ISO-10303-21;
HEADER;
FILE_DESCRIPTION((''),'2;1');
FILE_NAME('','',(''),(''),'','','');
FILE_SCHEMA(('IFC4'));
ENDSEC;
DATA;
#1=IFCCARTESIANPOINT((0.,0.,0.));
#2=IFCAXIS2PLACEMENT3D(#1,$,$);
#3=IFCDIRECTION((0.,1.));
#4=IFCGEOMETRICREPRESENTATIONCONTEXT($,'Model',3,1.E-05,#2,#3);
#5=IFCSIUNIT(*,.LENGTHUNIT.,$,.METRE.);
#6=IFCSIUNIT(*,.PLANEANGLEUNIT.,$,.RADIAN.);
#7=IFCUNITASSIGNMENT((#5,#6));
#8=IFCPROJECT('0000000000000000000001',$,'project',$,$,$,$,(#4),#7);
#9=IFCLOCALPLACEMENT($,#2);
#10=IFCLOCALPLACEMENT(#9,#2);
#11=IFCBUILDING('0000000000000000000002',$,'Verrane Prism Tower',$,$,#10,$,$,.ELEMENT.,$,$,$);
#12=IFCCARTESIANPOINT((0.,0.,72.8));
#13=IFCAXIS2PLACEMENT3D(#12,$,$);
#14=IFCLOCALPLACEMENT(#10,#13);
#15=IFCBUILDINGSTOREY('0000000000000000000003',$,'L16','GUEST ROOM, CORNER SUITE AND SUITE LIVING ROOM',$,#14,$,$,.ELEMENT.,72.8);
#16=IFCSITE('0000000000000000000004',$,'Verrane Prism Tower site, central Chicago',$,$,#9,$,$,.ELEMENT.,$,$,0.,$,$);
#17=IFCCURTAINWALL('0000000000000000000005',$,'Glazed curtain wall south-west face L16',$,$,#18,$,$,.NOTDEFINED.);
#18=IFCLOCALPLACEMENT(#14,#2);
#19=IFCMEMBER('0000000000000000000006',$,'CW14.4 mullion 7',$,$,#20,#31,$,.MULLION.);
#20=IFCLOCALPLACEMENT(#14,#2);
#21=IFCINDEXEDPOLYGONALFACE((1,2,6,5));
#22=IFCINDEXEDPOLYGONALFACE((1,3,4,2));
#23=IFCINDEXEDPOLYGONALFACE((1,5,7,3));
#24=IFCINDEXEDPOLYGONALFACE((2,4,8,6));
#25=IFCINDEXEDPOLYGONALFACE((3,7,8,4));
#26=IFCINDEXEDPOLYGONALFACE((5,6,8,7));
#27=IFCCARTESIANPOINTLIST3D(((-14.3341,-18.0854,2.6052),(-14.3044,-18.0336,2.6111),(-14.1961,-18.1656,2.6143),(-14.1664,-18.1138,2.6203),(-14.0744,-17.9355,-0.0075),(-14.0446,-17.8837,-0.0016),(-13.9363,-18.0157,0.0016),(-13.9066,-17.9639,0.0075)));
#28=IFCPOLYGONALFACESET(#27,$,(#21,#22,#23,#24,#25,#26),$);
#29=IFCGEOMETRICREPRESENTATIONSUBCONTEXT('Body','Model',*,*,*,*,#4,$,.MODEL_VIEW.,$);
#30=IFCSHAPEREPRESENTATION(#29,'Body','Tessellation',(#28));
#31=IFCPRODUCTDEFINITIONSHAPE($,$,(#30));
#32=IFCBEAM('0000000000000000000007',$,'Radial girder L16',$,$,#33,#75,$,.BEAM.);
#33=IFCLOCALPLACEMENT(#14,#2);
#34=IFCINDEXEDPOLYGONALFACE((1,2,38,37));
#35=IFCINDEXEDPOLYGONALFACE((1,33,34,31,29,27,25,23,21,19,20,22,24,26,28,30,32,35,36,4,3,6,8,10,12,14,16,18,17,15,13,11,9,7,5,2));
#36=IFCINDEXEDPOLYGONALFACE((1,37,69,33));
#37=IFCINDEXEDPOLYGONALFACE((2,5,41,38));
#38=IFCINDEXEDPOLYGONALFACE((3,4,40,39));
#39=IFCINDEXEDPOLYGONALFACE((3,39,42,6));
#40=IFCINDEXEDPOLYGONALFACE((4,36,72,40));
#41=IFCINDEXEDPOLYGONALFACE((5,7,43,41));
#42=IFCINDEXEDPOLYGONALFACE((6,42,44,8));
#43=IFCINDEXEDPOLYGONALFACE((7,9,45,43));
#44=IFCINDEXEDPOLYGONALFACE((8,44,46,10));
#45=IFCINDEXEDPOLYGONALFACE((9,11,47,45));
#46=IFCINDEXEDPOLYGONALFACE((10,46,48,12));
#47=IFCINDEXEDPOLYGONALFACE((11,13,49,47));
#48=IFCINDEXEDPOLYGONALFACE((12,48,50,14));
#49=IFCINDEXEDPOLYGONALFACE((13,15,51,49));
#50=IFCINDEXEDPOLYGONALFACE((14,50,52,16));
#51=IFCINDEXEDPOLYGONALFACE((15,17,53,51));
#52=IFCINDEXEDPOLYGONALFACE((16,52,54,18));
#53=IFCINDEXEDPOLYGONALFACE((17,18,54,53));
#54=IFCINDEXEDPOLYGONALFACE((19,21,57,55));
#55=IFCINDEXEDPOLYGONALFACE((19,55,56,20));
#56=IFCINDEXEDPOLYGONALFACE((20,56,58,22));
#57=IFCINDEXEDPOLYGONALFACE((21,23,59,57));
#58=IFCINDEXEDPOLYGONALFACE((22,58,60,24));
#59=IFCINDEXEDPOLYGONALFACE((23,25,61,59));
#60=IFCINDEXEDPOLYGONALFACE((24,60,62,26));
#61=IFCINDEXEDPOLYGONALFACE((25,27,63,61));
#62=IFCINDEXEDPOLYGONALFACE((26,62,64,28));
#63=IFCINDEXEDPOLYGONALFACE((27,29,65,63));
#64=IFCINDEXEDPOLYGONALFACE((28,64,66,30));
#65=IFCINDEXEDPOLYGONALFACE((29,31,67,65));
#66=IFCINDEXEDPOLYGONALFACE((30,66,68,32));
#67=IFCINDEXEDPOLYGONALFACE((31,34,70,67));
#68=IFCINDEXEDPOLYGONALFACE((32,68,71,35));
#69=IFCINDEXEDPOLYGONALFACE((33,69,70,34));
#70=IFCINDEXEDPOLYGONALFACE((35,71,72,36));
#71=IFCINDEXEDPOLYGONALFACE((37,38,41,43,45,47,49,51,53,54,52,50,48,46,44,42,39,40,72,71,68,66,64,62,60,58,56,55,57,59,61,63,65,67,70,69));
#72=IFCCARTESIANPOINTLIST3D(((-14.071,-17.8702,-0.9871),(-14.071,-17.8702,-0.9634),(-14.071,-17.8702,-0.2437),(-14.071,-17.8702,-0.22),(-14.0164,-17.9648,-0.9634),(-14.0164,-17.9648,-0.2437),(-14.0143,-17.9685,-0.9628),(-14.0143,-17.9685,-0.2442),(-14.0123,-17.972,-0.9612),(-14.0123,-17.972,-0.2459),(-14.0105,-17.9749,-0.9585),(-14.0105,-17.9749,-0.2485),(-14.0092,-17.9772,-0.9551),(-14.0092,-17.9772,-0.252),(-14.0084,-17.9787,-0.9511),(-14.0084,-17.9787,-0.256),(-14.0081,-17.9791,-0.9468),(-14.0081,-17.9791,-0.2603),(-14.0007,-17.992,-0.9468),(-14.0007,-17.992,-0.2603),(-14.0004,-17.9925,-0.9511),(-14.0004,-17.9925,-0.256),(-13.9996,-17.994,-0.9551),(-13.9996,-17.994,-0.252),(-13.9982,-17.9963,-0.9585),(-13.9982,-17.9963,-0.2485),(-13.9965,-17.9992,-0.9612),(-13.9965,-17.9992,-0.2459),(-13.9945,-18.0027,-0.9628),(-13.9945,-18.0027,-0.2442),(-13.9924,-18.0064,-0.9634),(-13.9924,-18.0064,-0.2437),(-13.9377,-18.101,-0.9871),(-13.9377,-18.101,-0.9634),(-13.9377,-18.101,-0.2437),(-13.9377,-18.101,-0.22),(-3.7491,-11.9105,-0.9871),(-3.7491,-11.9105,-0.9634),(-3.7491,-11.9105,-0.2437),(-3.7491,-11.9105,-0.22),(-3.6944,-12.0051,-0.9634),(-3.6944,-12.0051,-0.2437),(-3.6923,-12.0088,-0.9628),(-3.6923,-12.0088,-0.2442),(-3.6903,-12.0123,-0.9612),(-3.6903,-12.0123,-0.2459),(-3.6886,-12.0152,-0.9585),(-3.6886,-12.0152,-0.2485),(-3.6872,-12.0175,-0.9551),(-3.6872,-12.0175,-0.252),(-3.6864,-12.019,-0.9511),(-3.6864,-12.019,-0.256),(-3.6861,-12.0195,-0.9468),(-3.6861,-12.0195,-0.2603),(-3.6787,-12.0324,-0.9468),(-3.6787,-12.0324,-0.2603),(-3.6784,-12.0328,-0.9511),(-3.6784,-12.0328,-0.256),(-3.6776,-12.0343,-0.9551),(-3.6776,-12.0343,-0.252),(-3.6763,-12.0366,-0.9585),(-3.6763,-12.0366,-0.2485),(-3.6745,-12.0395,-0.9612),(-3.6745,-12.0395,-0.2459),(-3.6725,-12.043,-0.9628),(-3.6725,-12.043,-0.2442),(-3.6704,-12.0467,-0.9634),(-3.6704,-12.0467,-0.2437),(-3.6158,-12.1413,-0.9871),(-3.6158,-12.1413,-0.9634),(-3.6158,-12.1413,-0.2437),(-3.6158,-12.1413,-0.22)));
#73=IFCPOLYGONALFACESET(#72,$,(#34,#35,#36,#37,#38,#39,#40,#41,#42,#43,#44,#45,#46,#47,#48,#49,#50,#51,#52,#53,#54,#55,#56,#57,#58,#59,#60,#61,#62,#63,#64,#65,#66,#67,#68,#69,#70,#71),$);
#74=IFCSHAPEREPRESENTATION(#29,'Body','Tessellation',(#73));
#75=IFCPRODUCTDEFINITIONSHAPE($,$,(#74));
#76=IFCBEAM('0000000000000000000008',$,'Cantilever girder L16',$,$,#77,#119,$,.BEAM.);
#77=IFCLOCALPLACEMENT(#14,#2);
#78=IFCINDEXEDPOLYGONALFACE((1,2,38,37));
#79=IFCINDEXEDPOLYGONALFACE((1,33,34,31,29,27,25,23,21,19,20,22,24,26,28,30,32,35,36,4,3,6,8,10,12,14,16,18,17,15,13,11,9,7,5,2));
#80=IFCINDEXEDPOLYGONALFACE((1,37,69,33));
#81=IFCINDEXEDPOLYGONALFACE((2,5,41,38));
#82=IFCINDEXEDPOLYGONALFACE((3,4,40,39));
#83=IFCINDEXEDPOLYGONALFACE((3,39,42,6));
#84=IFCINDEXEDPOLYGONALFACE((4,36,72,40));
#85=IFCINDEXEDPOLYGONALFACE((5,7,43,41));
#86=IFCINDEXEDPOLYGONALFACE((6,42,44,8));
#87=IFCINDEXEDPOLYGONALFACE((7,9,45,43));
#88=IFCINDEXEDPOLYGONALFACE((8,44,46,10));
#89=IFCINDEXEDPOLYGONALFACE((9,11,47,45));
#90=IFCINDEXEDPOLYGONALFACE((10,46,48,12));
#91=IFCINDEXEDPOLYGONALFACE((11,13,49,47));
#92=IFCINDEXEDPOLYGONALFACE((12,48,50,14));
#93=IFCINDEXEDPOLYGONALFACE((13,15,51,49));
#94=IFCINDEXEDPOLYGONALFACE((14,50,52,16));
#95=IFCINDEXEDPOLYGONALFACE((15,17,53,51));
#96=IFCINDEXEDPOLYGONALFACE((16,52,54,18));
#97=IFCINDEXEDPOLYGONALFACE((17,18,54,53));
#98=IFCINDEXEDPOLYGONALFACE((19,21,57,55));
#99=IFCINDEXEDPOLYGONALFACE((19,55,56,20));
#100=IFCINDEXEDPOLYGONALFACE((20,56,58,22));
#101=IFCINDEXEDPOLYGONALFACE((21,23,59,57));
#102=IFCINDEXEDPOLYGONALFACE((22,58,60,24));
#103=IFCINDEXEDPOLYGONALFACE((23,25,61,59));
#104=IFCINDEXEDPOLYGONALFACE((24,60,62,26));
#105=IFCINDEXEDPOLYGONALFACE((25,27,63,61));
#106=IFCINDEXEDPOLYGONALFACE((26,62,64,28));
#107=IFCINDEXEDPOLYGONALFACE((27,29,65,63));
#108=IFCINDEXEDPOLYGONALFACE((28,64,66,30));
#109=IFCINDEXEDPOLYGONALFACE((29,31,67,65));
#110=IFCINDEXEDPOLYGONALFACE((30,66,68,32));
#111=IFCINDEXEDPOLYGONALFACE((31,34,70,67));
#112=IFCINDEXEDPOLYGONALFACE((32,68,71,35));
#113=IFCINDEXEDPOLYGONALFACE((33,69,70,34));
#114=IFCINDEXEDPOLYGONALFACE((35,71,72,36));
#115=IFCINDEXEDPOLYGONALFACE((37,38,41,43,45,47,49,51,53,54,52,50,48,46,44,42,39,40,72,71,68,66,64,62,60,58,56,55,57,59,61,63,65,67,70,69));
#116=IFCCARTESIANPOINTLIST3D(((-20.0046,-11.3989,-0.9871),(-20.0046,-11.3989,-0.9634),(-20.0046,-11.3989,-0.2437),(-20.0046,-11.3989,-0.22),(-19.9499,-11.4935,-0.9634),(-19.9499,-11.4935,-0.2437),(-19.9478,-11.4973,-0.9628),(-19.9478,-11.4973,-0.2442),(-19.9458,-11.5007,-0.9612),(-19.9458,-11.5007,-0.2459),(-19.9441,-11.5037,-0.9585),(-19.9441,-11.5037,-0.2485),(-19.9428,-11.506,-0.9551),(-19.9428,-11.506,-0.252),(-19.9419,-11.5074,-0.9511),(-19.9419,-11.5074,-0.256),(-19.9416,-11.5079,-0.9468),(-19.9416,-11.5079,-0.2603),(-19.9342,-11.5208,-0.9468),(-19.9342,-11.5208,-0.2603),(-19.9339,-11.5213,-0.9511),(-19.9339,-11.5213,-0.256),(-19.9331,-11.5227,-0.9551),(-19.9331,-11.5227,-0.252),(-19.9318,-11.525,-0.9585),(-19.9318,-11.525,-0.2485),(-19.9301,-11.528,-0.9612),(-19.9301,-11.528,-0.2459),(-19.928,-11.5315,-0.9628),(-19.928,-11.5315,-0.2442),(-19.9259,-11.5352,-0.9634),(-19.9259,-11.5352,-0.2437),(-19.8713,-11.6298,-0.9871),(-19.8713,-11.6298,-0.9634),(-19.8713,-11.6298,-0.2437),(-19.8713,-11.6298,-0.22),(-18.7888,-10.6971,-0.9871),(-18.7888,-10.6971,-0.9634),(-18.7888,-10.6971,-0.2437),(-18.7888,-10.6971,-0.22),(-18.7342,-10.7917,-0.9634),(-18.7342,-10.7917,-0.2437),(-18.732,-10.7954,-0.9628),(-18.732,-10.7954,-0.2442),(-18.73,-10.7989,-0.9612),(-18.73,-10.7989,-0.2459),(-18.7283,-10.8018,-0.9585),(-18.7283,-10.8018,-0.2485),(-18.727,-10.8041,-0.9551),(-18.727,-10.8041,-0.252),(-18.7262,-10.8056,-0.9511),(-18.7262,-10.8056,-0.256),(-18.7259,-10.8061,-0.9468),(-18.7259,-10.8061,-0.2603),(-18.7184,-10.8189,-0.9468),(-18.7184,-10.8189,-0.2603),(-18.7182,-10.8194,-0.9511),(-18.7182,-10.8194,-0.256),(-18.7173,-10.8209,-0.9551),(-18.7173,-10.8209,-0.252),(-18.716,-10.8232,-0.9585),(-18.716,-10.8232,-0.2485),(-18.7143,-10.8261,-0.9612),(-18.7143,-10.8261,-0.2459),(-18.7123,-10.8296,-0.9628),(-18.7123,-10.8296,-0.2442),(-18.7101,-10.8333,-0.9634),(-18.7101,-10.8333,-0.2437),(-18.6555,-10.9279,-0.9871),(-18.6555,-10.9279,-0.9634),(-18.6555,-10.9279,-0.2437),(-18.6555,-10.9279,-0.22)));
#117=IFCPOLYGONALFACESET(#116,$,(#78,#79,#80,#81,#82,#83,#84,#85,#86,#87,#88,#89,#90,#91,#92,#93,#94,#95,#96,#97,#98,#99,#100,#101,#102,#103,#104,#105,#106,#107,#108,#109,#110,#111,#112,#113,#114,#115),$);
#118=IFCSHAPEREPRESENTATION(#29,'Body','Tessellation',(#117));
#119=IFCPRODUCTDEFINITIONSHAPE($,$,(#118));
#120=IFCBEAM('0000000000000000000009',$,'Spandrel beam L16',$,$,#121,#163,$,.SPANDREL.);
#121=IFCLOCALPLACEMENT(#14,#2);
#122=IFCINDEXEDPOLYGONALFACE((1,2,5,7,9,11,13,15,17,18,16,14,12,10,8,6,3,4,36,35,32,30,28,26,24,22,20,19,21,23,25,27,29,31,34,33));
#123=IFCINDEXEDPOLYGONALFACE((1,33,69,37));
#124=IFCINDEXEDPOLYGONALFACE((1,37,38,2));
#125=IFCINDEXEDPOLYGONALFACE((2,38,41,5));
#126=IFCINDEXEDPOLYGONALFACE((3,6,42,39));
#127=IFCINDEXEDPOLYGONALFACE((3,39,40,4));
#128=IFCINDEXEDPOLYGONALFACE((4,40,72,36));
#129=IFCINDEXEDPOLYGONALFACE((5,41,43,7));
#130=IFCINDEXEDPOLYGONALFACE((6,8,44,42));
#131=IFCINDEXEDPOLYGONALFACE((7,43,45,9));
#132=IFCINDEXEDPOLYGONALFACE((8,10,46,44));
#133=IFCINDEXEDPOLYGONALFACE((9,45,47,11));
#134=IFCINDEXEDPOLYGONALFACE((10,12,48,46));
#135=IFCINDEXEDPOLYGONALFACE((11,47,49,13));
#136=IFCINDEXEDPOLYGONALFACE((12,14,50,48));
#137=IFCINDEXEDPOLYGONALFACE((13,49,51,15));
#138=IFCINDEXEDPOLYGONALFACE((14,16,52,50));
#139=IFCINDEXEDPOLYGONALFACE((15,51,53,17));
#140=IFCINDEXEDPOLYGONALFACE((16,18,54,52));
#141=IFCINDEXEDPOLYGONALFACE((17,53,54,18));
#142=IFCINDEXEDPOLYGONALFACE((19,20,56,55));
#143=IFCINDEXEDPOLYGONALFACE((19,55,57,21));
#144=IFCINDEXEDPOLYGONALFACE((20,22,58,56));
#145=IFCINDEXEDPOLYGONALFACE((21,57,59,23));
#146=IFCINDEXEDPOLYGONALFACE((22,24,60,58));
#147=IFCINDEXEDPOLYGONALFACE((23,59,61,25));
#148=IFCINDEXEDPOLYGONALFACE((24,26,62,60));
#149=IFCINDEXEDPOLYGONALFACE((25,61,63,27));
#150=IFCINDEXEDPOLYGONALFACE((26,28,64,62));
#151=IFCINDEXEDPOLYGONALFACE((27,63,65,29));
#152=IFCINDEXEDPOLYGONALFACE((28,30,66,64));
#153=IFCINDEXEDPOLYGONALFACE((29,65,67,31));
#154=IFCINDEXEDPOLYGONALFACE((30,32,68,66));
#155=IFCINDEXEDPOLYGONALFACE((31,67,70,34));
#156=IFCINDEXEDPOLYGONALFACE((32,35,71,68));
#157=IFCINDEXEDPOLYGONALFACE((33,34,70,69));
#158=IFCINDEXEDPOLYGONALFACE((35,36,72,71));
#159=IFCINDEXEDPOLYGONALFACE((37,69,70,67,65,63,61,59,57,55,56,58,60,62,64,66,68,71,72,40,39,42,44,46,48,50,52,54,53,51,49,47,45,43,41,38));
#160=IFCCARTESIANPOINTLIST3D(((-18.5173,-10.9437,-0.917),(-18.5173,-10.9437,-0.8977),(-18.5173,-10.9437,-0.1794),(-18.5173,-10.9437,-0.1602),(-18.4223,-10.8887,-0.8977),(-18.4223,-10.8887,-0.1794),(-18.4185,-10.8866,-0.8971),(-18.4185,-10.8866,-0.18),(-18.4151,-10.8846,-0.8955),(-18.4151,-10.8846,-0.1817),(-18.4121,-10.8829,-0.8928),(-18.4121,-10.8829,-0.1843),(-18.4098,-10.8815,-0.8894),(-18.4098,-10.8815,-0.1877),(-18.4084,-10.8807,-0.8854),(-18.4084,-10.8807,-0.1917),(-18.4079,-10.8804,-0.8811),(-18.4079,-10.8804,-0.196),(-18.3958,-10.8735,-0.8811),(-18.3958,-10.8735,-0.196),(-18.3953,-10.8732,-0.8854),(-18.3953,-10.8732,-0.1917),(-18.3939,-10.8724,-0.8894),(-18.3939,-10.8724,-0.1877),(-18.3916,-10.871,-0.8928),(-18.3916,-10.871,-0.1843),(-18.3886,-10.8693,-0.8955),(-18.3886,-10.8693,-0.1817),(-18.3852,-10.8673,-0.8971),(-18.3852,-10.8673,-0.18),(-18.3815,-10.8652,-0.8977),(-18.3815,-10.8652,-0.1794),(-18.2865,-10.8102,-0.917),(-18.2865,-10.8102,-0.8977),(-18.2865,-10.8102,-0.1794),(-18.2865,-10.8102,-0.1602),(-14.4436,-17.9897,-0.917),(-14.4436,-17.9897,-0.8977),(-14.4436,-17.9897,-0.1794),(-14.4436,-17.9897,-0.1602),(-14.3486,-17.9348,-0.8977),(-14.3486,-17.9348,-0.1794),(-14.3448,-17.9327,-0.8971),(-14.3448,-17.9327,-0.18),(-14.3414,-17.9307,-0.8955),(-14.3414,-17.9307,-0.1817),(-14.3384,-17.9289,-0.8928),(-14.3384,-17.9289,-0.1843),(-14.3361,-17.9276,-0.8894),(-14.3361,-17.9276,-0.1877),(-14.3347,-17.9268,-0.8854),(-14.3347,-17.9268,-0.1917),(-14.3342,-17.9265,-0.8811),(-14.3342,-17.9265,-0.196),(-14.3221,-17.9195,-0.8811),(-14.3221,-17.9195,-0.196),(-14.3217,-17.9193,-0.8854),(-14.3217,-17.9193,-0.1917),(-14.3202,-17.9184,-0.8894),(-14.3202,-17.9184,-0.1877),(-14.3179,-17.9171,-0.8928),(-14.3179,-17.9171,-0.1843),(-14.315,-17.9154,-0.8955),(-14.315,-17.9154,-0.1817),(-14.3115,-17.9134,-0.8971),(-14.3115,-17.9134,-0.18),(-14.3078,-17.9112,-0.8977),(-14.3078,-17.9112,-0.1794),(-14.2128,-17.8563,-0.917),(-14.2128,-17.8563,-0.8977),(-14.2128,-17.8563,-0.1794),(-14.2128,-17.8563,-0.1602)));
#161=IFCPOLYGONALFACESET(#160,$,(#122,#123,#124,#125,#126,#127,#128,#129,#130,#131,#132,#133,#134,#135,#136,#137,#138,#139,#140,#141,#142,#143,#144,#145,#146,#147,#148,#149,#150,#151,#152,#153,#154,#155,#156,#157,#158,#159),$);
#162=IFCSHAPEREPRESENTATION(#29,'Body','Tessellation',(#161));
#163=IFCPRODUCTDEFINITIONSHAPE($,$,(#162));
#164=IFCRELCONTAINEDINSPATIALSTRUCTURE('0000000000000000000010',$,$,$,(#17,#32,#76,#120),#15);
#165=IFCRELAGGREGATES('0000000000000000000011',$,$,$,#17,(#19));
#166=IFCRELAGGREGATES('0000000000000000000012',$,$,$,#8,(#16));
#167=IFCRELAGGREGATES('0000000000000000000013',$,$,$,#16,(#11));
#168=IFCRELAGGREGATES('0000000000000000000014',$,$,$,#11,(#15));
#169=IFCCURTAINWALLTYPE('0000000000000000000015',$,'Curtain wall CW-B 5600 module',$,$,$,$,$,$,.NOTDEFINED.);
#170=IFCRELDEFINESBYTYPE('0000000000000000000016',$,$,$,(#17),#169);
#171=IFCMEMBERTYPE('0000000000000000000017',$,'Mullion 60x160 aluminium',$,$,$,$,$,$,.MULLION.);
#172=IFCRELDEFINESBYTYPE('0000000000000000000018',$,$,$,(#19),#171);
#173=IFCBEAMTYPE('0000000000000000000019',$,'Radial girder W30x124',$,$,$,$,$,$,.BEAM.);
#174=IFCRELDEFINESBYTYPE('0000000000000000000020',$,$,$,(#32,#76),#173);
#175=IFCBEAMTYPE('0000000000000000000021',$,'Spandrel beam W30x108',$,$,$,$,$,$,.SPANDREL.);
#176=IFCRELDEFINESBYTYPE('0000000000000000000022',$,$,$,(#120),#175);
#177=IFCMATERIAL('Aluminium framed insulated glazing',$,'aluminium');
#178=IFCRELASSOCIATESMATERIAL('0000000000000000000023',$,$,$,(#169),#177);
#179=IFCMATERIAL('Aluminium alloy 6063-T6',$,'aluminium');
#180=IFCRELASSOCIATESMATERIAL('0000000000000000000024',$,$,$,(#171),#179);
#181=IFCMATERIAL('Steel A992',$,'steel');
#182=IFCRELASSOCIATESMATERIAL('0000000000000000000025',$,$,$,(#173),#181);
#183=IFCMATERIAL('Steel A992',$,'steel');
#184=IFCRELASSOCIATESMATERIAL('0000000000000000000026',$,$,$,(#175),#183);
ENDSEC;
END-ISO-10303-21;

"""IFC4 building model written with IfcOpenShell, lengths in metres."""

from ifc_helpers import new_model, si_unit, direction, frame, origin, origin_2d, place, context, subcontext, project, spatial, rectangle, i_section, extrude, material, material_profile, profile_set, type_object, element, aggregate, save


model = new_model("IFC4")

# Units and contexts
model_context = context("Model", 3, precision=1e-05, world=origin(), true_north=direction((0.0, 1.0)))
body_context = subcontext(model_context, "Body", "Model", "MODEL_VIEW")
ifc_project = project(units=[si_unit("LENGTHUNIT", "METRE"), si_unit("PLANEANGLEUNIT", "RADIAN")], contexts=[model_context])

# Site, building, storey
site_placement = place(None, origin())
site = spatial("IfcSite", under=ifc_project, at=site_placement, Name="Verrane Prism Tower site, central Chicago", CompositionType="ELEMENT", RefElevation=0.0)
building_placement = place(site_placement, origin())
building = spatial("IfcBuilding", under=site, at=building_placement, Name="Verrane Prism Tower", CompositionType="ELEMENT")
storey_placement = place(building_placement, frame((0.0, 0.0, 72.8)))
storey = spatial("IfcBuildingStorey", under=building, at=storey_placement, Name="L16", Description="GUEST ROOM, CORNER SUITE AND SUITE LIVING ROOM", CompositionType="ELEMENT", Elevation=72.8)

# Curtain wall, member
ifc_material_1 = material(Name="Aluminium framed insulated glazing", Category="aluminium")
curtain_wall_type = type_object("IfcCurtainWallType", Name="Curtain wall CW-B 5600 module", PredefinedType="NOTDEFINED", material=ifc_material_1)
curtain_wall_placement = place(storey_placement, origin())
curtain_wall = element("IfcCurtainWall", 1, at=curtain_wall_placement, inside=storey, type_object=curtain_wall_type, Name="Glazed curtain wall south-west face L16", PredefinedType="NOTDEFINED")
ifc_material_2 = material(Name="Aluminium alloy 6063-T6", Category="aluminium")
ifc_material_profile_1 = material_profile(ifc_material_2, rectangle(XDim=0.1599, YDim=0.0601, at=origin_2d()), Name="Mullion 60x160 aluminium")
ifc_profile_set_1 = profile_set([ifc_material_profile_1], Name="Aluminium alloy 6063-T6")
member_type_1 = type_object("IfcMemberType", Name="Mullion 60x160 aluminium", PredefinedType="MULLION", material=ifc_profile_set_1)
member_1_placement = place(storey_placement, frame((-13.9905, -17.9497, 0.0), z_axis=(-0.098772, -0.056998, 0.993476), x_axis=(0.863094, -0.501814, 0.057019)))
member_1 = element("IfcMember", 2, at=member_1_placement, type_object=member_type_1, Name="CW14.4 mullion 7", PredefinedType="MULLION", context=body_context, shape_type="SweptSolid", body=[
    extrude(rectangle(XDim=0.1599, YDim=0.0601, at=origin_2d()), origin(), (0.0, 0.0, 1.0), 2.6299),
])

# Beams
ifc_material_3 = material(Name="Steel A992", Category="steel")
ifc_material_profile_2 = material_profile(ifc_material_3, i_section(OverallWidth=0.2666, OverallDepth=0.7671, WebThickness=0.0149, FlangeThickness=0.0237, FilletRadius=0.0166, at=origin_2d()), Name="W30x124")
ifc_profile_set_2 = profile_set([ifc_material_profile_2], Name="Steel A992")
beam_type_1 = type_object("IfcBeamType", Name="Radial girder W30x124", PredefinedType="BEAM", material=ifc_profile_set_2)
beam_1_placement = place(storey_placement, frame((-14.0044, -17.9856, -0.6035), z_axis=(0.866015, 0.500019, 0.0), x_axis=(-0.500019, 0.866015, 0.0)))
element("IfcBeam", 3, at=beam_1_placement, inside=storey, type_object=beam_type_1, Name="Radial girder L16", PredefinedType="BEAM", context=body_context, shape_type="SweptSolid", body=[
    extrude(i_section(OverallWidth=0.2666, OverallDepth=0.7671, WebThickness=0.0149, FlangeThickness=0.0237, FilletRadius=0.0166, at=origin_2d()), origin(), (0.0, 0.0, 1.0), 11.9189),
])
beam_2_placement = place(storey_placement, frame((-18.7222, -10.8125, -0.6035), z_axis=(-0.866041, -0.499973, 0.0), x_axis=(0.499973, -0.866041, 0.0)))
element("IfcBeam", 4, at=beam_2_placement, inside=storey, type_object=beam_type_1, Name="Cantilever girder L16", PredefinedType="BEAM", context=body_context, shape_type="SweptSolid", body=[
    extrude(i_section(OverallWidth=0.2666, OverallDepth=0.7671, WebThickness=0.0149, FlangeThickness=0.0237, FilletRadius=0.0166, at=origin_2d()), origin(), (0.0, 0.0, 1.0), 1.4038),
])
ifc_material_4 = material(Name="Steel A992", Category="steel")
ifc_material_profile_3 = material_profile(ifc_material_4, i_section(OverallWidth=0.2666, OverallDepth=0.7568, WebThickness=0.0139, FlangeThickness=0.0193, FilletRadius=0.0166, at=origin_2d()), Name="W30x108")
ifc_profile_set_3 = profile_set([ifc_material_profile_3], Name="Steel A992")
beam_type_2 = type_object("IfcBeamType", Name="Spandrel beam W30x108", PredefinedType="SPANDREL", material=ifc_profile_set_3)
beam_3_placement = place(storey_placement, frame((-18.4019, -10.877, -0.5386), z_axis=(0.500519, -0.865725, 0.0), x_axis=(0.865725, 0.500519, 0.0)))
element("IfcBeam", 5, at=beam_3_placement, inside=storey, type_object=beam_type_2, Name="Spandrel beam L16", PredefinedType="SPANDREL", context=body_context, shape_type="SweptSolid", body=[
    extrude(i_section(OverallWidth=0.2666, OverallDepth=0.7568, WebThickness=0.0139, FlangeThickness=0.0193, FilletRadius=0.0166, at=origin_2d()), origin(), (0.0, 0.0, 1.0), 8.1389),
])

aggregate(curtain_wall, [member_1])

save(model, "model.ifc")
